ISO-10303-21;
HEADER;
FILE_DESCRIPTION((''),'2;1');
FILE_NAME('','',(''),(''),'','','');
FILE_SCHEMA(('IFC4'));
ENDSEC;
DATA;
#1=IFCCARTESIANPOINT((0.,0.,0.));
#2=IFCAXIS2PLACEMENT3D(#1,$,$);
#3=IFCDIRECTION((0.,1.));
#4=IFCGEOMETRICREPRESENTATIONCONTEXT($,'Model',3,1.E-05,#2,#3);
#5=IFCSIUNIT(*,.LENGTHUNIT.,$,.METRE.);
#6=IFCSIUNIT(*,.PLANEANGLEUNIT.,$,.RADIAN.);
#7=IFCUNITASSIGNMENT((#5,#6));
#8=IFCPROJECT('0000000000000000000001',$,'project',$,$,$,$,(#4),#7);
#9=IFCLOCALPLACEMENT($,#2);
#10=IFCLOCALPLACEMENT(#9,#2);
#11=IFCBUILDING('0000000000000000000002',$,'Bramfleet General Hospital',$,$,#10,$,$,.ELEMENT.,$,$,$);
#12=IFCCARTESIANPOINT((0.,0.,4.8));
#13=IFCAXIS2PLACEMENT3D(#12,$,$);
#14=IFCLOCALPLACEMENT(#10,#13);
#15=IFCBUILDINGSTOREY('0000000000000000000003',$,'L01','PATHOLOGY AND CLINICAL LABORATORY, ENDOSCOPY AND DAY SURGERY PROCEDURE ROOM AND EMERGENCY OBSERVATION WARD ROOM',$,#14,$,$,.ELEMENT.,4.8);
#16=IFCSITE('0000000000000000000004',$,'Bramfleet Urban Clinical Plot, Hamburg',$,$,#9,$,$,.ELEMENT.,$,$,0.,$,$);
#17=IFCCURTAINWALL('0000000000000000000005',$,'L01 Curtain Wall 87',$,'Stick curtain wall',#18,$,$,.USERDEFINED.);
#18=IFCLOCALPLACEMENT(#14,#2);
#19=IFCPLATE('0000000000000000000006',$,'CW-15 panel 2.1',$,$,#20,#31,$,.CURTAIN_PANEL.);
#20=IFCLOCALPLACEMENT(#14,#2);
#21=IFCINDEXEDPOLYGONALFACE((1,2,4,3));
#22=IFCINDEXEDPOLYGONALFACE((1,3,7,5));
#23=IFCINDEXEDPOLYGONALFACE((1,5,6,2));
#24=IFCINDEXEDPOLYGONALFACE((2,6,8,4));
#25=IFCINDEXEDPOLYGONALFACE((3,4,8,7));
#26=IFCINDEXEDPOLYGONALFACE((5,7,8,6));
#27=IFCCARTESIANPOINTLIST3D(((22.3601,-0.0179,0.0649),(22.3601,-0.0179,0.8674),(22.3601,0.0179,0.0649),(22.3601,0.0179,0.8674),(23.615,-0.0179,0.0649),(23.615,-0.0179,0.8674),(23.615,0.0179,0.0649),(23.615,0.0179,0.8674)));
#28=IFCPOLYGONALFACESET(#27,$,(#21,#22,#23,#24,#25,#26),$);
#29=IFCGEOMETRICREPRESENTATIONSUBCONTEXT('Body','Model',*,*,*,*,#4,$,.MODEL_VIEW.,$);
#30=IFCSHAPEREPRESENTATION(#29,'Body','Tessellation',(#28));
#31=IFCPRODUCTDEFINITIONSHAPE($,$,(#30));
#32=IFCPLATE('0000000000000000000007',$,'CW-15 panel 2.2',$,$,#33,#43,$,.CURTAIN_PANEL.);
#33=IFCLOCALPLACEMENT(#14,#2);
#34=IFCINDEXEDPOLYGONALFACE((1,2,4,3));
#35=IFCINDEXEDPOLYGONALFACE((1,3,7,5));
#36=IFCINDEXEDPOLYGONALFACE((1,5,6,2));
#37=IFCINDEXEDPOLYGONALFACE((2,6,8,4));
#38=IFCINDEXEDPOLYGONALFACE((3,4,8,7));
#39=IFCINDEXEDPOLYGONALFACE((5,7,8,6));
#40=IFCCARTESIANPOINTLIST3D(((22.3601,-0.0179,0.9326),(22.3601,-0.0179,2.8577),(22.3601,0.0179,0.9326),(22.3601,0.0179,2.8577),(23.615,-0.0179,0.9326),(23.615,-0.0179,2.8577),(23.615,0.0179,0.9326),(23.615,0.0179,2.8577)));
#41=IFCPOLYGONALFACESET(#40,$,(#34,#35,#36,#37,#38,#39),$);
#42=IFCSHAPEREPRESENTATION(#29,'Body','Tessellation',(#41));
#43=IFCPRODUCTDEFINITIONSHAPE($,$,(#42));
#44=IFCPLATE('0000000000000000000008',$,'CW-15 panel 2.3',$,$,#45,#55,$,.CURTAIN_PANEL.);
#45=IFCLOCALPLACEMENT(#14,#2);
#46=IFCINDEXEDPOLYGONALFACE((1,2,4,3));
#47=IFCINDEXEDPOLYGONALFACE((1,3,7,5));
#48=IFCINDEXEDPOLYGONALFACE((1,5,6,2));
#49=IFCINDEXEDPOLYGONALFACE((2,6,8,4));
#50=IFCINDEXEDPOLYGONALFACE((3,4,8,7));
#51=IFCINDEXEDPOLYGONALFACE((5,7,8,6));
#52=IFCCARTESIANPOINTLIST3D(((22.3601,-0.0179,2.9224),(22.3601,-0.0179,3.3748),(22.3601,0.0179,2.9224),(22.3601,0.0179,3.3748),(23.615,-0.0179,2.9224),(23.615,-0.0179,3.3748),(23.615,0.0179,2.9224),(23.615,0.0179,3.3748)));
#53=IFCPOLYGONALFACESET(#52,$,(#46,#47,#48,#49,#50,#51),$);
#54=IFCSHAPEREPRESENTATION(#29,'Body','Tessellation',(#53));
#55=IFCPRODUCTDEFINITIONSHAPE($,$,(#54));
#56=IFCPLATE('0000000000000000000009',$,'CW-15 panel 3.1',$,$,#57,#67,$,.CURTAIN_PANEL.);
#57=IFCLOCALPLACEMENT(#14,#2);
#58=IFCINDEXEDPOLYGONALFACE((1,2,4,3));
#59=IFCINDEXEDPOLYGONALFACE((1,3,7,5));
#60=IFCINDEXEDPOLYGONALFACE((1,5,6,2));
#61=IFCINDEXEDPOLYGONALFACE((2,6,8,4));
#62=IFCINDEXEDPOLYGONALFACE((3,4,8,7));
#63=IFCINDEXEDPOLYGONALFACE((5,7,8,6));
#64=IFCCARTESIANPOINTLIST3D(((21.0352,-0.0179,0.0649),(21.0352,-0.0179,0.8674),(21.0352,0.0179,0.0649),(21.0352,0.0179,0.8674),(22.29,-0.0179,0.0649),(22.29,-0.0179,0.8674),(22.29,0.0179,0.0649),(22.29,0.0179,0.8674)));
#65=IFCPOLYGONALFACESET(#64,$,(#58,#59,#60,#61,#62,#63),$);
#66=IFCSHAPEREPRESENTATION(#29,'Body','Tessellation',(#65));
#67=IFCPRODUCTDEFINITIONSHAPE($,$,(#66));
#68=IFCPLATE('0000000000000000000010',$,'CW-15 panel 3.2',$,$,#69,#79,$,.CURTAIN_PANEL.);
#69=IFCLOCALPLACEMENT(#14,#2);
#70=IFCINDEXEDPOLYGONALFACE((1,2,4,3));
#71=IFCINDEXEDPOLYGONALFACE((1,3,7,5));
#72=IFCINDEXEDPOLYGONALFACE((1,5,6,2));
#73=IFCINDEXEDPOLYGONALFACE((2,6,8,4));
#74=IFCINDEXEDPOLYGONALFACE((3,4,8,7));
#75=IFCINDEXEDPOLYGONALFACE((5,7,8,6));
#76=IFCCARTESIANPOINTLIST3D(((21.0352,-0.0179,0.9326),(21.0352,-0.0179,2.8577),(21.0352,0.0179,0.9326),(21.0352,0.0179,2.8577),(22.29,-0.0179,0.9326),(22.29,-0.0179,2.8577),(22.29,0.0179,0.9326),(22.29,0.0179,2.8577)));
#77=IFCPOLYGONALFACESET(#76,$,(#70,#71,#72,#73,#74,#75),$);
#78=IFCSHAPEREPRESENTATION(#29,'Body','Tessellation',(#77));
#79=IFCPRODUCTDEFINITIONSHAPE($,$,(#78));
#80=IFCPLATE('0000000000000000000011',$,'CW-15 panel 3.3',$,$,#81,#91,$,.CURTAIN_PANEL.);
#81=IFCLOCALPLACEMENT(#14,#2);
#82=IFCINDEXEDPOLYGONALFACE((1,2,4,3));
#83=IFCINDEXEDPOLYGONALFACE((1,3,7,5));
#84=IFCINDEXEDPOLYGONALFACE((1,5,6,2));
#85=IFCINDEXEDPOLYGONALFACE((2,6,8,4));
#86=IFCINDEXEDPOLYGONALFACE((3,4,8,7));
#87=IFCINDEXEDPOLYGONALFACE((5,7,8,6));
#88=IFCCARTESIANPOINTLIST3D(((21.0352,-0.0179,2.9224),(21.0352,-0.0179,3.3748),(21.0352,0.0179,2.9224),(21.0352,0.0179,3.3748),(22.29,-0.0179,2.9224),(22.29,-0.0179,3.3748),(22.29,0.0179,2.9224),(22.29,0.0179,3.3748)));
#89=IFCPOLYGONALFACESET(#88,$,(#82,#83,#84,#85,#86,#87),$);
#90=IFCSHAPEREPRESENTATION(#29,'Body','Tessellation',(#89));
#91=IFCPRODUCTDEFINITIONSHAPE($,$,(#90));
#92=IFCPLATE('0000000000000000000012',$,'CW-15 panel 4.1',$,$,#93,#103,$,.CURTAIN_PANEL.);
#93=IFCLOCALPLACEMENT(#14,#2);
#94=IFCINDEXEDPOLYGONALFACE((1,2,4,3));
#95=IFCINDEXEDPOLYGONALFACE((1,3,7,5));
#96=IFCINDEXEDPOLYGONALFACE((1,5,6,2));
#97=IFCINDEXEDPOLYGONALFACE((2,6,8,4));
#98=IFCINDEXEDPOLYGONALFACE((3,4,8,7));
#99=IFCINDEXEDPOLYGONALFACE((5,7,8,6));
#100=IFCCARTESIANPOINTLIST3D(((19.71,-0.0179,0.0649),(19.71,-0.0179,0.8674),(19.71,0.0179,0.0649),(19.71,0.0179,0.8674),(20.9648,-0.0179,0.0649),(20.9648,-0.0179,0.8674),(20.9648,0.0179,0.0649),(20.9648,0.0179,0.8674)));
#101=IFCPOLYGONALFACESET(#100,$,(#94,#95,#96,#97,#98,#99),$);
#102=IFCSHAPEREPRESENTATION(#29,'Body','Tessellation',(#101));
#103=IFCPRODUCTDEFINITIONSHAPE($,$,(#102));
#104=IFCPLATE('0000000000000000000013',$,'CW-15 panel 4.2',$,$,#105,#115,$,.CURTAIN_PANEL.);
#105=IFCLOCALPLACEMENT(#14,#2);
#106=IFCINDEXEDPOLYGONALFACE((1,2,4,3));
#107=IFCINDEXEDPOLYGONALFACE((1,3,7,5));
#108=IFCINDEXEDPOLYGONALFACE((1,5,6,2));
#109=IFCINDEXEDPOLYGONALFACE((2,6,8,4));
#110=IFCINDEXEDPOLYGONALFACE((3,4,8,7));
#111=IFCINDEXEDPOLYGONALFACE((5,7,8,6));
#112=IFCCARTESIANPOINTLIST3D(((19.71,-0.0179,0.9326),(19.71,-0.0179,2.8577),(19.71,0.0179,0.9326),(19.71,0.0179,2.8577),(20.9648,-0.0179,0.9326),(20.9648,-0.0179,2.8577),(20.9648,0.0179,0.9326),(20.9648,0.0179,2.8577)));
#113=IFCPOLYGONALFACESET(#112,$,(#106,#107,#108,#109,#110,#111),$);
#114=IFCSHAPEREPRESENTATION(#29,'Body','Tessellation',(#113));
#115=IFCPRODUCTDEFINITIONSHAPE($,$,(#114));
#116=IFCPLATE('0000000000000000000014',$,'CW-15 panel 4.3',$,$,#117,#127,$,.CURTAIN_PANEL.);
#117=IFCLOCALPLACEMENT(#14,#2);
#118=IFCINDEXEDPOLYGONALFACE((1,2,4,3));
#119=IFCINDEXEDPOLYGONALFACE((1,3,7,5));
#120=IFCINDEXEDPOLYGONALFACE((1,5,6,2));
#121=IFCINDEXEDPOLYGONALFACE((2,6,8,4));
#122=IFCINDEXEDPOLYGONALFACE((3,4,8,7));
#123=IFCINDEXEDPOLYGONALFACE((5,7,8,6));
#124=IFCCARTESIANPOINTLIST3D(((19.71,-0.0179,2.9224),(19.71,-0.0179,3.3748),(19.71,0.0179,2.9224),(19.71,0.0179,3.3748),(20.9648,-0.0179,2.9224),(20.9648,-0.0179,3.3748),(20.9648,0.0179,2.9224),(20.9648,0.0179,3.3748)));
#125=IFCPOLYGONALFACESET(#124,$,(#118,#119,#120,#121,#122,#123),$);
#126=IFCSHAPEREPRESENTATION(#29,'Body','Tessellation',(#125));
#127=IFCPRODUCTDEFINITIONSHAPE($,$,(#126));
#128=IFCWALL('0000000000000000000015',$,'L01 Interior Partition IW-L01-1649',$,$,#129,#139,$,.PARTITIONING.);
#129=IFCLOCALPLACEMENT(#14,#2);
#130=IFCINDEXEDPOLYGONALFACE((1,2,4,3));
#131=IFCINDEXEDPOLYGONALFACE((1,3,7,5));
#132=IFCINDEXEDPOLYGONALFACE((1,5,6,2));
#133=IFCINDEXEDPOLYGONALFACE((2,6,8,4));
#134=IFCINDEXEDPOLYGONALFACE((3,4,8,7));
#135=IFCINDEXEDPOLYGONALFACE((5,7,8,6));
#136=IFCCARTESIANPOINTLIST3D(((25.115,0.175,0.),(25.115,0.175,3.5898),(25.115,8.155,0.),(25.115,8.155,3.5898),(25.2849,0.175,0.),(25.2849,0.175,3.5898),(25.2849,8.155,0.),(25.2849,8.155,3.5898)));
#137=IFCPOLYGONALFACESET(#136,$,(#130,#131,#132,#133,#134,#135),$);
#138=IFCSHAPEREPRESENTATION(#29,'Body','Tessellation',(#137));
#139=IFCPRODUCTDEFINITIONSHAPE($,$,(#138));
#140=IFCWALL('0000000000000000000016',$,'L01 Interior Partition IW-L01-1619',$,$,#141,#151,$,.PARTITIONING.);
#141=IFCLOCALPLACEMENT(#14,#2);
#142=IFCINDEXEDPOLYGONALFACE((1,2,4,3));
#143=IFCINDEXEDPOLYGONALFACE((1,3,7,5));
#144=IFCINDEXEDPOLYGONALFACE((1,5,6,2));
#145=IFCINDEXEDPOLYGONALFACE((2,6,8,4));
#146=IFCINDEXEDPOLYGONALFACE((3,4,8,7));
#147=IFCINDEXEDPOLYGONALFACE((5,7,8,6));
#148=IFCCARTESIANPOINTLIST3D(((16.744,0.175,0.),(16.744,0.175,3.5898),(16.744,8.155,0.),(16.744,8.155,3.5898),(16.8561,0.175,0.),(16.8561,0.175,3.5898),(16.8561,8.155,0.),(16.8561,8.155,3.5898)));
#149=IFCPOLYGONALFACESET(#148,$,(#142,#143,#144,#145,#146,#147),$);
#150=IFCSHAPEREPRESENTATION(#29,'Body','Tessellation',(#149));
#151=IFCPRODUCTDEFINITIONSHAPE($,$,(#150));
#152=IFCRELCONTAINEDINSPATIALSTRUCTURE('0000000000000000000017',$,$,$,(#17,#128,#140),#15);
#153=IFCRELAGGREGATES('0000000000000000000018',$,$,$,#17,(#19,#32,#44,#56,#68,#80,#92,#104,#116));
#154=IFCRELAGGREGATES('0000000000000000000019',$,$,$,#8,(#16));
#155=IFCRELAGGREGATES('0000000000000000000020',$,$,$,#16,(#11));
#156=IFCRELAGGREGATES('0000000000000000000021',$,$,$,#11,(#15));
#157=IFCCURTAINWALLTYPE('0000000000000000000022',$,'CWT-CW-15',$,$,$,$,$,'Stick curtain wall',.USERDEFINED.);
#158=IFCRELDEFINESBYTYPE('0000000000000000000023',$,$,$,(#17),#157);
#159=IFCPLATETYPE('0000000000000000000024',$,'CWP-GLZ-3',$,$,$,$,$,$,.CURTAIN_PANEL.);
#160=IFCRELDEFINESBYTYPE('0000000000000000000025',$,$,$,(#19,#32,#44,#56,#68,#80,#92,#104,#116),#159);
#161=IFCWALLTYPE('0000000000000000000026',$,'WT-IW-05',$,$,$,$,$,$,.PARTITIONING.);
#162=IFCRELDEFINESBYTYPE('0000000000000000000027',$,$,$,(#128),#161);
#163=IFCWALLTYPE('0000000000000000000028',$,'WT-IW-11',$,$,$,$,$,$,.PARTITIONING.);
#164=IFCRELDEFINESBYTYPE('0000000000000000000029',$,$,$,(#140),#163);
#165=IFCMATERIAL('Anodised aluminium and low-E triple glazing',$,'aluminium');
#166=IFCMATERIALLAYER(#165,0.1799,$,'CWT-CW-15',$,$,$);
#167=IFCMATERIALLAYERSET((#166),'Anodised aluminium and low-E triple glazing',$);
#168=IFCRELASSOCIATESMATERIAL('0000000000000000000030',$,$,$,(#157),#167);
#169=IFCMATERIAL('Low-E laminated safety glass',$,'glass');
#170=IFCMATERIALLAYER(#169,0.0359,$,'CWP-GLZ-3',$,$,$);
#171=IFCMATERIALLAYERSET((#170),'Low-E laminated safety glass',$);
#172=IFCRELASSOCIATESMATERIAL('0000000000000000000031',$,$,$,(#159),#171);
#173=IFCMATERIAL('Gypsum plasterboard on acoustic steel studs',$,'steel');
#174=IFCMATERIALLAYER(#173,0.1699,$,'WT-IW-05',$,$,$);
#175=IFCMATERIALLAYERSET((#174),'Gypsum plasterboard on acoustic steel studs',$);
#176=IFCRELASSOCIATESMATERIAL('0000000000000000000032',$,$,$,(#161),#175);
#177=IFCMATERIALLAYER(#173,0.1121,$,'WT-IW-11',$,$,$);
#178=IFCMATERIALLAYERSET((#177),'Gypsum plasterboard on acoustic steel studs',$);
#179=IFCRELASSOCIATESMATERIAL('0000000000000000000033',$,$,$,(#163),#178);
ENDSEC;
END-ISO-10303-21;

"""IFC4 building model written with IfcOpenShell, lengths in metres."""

from ifc_helpers import new_model, si_unit, direction, frame, frame_2d, origin, origin_2d, place, context, subcontext, project, spatial, rectangle, extrude, material, layer, layer_set, type_object, element, aggregate, save


model = new_model("IFC4")

# Units and contexts
model_context = context("Model", 3, precision=1e-05, world=origin(), true_north=direction((0.0, 1.0)))
body_context = subcontext(model_context, "Body", "Model", "MODEL_VIEW")
ifc_project = project(units=[si_unit("LENGTHUNIT", "METRE"), si_unit("PLANEANGLEUNIT", "RADIAN")], contexts=[model_context])

# Site, building, storey
site_placement = place(None, origin())
site = spatial("IfcSite", under=ifc_project, at=site_placement, Name="Bramfleet Urban Clinical Plot, Hamburg", CompositionType="ELEMENT", RefElevation=0.0)
building_placement = place(site_placement, origin())
building = spatial("IfcBuilding", under=site, at=building_placement, Name="Bramfleet General Hospital", CompositionType="ELEMENT")
storey_placement = place(building_placement, frame((0.0, 0.0, 4.8)))
storey = spatial("IfcBuildingStorey", under=building, at=storey_placement, Name="L01", Description="PATHOLOGY AND CLINICAL LABORATORY, ENDOSCOPY AND DAY SURGERY PROCEDURE ROOM AND EMERGENCY OBSERVATION WARD ROOM", CompositionType="ELEMENT", Elevation=4.8)

# Curtain wall, plates
ifc_material_1 = material(Name="Anodised aluminium and low-E triple glazing", Category="aluminium")
ifc_layer_1 = layer(ifc_material_1, 0.1799, Name="CWT-CW-15")
ifc_layer_set_1 = layer_set([ifc_layer_1], Name="Anodised aluminium and low-E triple glazing")
curtain_wall_type = type_object("IfcCurtainWallType", Name="CWT-CW-15", ElementType="Stick curtain wall", PredefinedType="USERDEFINED", material=ifc_layer_set_1)
curtain_wall_placement = place(storey_placement, origin())
curtain_wall = element("IfcCurtainWall", 1, at=curtain_wall_placement, inside=storey, type_object=curtain_wall_type, Name="L01 Curtain Wall 87", ObjectType="Stick curtain wall", PredefinedType="USERDEFINED")
ifc_material_2 = material(Name="Low-E laminated safety glass", Category="glass")
ifc_layer_2 = layer(ifc_material_2, 0.0359, Name="CWP-GLZ-3")
ifc_layer_set_2 = layer_set([ifc_layer_2], Name="Low-E laminated safety glass")
plate_type = type_object("IfcPlateType", Name="CWP-GLZ-3", PredefinedType="CURTAIN_PANEL", material=ifc_layer_set_2)
plate_1_placement = place(storey_placement, frame((22.9875, 0.0, 0.0649), z_axis=(0.0, 0.0, 1.0), x_axis=(-1.0, 0.0, 0.0)))
plate_1 = element("IfcPlate", 2, at=plate_1_placement, type_object=plate_type, Name="CW-15 panel 2.1", PredefinedType="CURTAIN_PANEL", context=body_context, shape_type="SweptSolid", body=[
    extrude(rectangle(XDim=1.2549, YDim=0.0359, at=origin_2d()), origin(), (0.0, 0.0, 1.0), 0.8025),
])
plate_2_placement = place(storey_placement, frame((22.9875, 0.0, 0.9326), z_axis=(0.0, 0.0, 1.0), x_axis=(-1.0, 0.0, 0.0)))
plate_2 = element("IfcPlate", 3, at=plate_2_placement, type_object=plate_type, Name="CW-15 panel 2.2", PredefinedType="CURTAIN_PANEL", context=body_context, shape_type="SweptSolid", body=[
    extrude(rectangle(XDim=1.2549, YDim=0.0359, at=origin_2d()), origin(), (0.0, 0.0, 1.0), 1.925),
])
plate_3_placement = place(storey_placement, frame((22.9875, 0.0, 2.9224), z_axis=(0.0, 0.0, 1.0), x_axis=(-1.0, 0.0, 0.0)))
plate_3 = element("IfcPlate", 4, at=plate_3_placement, type_object=plate_type, Name="CW-15 panel 2.3", PredefinedType="CURTAIN_PANEL", context=body_context, shape_type="SweptSolid", body=[
    extrude(rectangle(XDim=1.2549, YDim=0.0359, at=origin_2d()), origin(), (0.0, 0.0, 1.0), 0.4524),
])
plate_4_placement = place(storey_placement, frame((21.6626, 0.0, 0.0649), z_axis=(0.0, 0.0, 1.0), x_axis=(-1.0, 0.0, 0.0)))
plate_4 = element("IfcPlate", 5, at=plate_4_placement, type_object=plate_type, Name="CW-15 panel 3.1", PredefinedType="CURTAIN_PANEL", context=body_context, shape_type="SweptSolid", body=[
    extrude(rectangle(XDim=1.2549, YDim=0.0359, at=origin_2d()), origin(), (0.0, 0.0, 1.0), 0.8025),
])
plate_5_placement = place(storey_placement, frame((21.6626, 0.0, 0.9326), z_axis=(0.0, 0.0, 1.0), x_axis=(-1.0, 0.0, 0.0)))
plate_5 = element("IfcPlate", 6, at=plate_5_placement, type_object=plate_type, Name="CW-15 panel 3.2", PredefinedType="CURTAIN_PANEL", context=body_context, shape_type="SweptSolid", body=[
    extrude(rectangle(XDim=1.2549, YDim=0.0359, at=origin_2d()), origin(), (0.0, 0.0, 1.0), 1.925),
])
plate_6_placement = place(storey_placement, frame((21.6626, 0.0, 2.9224), z_axis=(0.0, 0.0, 1.0), x_axis=(-1.0, 0.0, 0.0)))
plate_6 = element("IfcPlate", 7, at=plate_6_placement, type_object=plate_type, Name="CW-15 panel 3.3", PredefinedType="CURTAIN_PANEL", context=body_context, shape_type="SweptSolid", body=[
    extrude(rectangle(XDim=1.2549, YDim=0.0359, at=origin_2d()), origin(), (0.0, 0.0, 1.0), 0.4524),
])
plate_7_placement = place(storey_placement, frame((20.3374, 0.0, 0.0649), z_axis=(0.0, 0.0, 1.0), x_axis=(-1.0, 0.0, 0.0)))
plate_7 = element("IfcPlate", 8, at=plate_7_placement, type_object=plate_type, Name="CW-15 panel 4.1", PredefinedType="CURTAIN_PANEL", context=body_context, shape_type="SweptSolid", body=[
    extrude(rectangle(XDim=1.2549, YDim=0.0359, at=origin_2d()), origin(), (0.0, 0.0, 1.0), 0.8025),
])
plate_8_placement = place(storey_placement, frame((20.3374, 0.0, 0.9326), z_axis=(0.0, 0.0, 1.0), x_axis=(-1.0, 0.0, 0.0)))
plate_8 = element("IfcPlate", 9, at=plate_8_placement, type_object=plate_type, Name="CW-15 panel 4.2", PredefinedType="CURTAIN_PANEL", context=body_context, shape_type="SweptSolid", body=[
    extrude(rectangle(XDim=1.2549, YDim=0.0359, at=origin_2d()), origin(), (0.0, 0.0, 1.0), 1.925),
])
plate_9_placement = place(storey_placement, frame((20.3374, 0.0, 2.9224), z_axis=(0.0, 0.0, 1.0), x_axis=(-1.0, 0.0, 0.0)))
plate_9 = element("IfcPlate", 10, at=plate_9_placement, type_object=plate_type, Name="CW-15 panel 4.3", PredefinedType="CURTAIN_PANEL", context=body_context, shape_type="SweptSolid", body=[
    extrude(rectangle(XDim=1.2549, YDim=0.0359, at=origin_2d()), origin(), (0.0, 0.0, 1.0), 0.4524),
])
aggregate(curtain_wall, [plate_1, plate_2, plate_3, plate_4, plate_5, plate_6, plate_7, plate_8, plate_9])

# Walls
ifc_material_3 = material(Name="Gypsum plasterboard on acoustic steel studs", Category="steel")
ifc_layer_3 = layer(ifc_material_3, 0.1699, Name="WT-IW-05")
ifc_layer_set_3 = layer_set([ifc_layer_3], Name="Gypsum plasterboard on acoustic steel studs")
wall_type_1 = type_object("IfcWallType", Name="WT-IW-05", PredefinedType="PARTITIONING", material=ifc_layer_set_3)
wall_1_placement = place(storey_placement, frame((25.2, 0.175, 0.0), z_axis=(0.0, 0.0, 1.0), x_axis=(0.0, 1.0, 0.0)))
element("IfcWall", 11, at=wall_1_placement, inside=storey, type_object=wall_type_1, Name="L01 Interior Partition IW-L01-1649", PredefinedType="PARTITIONING", context=body_context, shape_type="SweptSolid", body=[
    extrude(rectangle(XDim=7.98, YDim=0.1699, at=frame_2d((3.99, 0.0))), origin(), (0.0, 0.0, 1.0), 3.5898),
])
ifc_layer_4 = layer(ifc_material_3, 0.1121, Name="WT-IW-11")
ifc_layer_set_4 = layer_set([ifc_layer_4], Name="Gypsum plasterboard on acoustic steel studs")
wall_type_2 = type_object("IfcWallType", Name="WT-IW-11", PredefinedType="PARTITIONING", material=ifc_layer_set_4)
wall_2_placement = place(storey_placement, frame((16.8, 0.175, 0.0), z_axis=(0.0, 0.0, 1.0), x_axis=(0.0, 1.0, 0.0)))
element("IfcWall", 12, at=wall_2_placement, inside=storey, type_object=wall_type_2, Name="L01 Interior Partition IW-L01-1619", PredefinedType="PARTITIONING", context=body_context, shape_type="SweptSolid", body=[
    extrude(rectangle(XDim=7.98, YDim=0.1121, at=frame_2d((3.99, 0.0))), origin(), (0.0, 0.0, 1.0), 3.5898),
])

save(model, "model.ifc")
